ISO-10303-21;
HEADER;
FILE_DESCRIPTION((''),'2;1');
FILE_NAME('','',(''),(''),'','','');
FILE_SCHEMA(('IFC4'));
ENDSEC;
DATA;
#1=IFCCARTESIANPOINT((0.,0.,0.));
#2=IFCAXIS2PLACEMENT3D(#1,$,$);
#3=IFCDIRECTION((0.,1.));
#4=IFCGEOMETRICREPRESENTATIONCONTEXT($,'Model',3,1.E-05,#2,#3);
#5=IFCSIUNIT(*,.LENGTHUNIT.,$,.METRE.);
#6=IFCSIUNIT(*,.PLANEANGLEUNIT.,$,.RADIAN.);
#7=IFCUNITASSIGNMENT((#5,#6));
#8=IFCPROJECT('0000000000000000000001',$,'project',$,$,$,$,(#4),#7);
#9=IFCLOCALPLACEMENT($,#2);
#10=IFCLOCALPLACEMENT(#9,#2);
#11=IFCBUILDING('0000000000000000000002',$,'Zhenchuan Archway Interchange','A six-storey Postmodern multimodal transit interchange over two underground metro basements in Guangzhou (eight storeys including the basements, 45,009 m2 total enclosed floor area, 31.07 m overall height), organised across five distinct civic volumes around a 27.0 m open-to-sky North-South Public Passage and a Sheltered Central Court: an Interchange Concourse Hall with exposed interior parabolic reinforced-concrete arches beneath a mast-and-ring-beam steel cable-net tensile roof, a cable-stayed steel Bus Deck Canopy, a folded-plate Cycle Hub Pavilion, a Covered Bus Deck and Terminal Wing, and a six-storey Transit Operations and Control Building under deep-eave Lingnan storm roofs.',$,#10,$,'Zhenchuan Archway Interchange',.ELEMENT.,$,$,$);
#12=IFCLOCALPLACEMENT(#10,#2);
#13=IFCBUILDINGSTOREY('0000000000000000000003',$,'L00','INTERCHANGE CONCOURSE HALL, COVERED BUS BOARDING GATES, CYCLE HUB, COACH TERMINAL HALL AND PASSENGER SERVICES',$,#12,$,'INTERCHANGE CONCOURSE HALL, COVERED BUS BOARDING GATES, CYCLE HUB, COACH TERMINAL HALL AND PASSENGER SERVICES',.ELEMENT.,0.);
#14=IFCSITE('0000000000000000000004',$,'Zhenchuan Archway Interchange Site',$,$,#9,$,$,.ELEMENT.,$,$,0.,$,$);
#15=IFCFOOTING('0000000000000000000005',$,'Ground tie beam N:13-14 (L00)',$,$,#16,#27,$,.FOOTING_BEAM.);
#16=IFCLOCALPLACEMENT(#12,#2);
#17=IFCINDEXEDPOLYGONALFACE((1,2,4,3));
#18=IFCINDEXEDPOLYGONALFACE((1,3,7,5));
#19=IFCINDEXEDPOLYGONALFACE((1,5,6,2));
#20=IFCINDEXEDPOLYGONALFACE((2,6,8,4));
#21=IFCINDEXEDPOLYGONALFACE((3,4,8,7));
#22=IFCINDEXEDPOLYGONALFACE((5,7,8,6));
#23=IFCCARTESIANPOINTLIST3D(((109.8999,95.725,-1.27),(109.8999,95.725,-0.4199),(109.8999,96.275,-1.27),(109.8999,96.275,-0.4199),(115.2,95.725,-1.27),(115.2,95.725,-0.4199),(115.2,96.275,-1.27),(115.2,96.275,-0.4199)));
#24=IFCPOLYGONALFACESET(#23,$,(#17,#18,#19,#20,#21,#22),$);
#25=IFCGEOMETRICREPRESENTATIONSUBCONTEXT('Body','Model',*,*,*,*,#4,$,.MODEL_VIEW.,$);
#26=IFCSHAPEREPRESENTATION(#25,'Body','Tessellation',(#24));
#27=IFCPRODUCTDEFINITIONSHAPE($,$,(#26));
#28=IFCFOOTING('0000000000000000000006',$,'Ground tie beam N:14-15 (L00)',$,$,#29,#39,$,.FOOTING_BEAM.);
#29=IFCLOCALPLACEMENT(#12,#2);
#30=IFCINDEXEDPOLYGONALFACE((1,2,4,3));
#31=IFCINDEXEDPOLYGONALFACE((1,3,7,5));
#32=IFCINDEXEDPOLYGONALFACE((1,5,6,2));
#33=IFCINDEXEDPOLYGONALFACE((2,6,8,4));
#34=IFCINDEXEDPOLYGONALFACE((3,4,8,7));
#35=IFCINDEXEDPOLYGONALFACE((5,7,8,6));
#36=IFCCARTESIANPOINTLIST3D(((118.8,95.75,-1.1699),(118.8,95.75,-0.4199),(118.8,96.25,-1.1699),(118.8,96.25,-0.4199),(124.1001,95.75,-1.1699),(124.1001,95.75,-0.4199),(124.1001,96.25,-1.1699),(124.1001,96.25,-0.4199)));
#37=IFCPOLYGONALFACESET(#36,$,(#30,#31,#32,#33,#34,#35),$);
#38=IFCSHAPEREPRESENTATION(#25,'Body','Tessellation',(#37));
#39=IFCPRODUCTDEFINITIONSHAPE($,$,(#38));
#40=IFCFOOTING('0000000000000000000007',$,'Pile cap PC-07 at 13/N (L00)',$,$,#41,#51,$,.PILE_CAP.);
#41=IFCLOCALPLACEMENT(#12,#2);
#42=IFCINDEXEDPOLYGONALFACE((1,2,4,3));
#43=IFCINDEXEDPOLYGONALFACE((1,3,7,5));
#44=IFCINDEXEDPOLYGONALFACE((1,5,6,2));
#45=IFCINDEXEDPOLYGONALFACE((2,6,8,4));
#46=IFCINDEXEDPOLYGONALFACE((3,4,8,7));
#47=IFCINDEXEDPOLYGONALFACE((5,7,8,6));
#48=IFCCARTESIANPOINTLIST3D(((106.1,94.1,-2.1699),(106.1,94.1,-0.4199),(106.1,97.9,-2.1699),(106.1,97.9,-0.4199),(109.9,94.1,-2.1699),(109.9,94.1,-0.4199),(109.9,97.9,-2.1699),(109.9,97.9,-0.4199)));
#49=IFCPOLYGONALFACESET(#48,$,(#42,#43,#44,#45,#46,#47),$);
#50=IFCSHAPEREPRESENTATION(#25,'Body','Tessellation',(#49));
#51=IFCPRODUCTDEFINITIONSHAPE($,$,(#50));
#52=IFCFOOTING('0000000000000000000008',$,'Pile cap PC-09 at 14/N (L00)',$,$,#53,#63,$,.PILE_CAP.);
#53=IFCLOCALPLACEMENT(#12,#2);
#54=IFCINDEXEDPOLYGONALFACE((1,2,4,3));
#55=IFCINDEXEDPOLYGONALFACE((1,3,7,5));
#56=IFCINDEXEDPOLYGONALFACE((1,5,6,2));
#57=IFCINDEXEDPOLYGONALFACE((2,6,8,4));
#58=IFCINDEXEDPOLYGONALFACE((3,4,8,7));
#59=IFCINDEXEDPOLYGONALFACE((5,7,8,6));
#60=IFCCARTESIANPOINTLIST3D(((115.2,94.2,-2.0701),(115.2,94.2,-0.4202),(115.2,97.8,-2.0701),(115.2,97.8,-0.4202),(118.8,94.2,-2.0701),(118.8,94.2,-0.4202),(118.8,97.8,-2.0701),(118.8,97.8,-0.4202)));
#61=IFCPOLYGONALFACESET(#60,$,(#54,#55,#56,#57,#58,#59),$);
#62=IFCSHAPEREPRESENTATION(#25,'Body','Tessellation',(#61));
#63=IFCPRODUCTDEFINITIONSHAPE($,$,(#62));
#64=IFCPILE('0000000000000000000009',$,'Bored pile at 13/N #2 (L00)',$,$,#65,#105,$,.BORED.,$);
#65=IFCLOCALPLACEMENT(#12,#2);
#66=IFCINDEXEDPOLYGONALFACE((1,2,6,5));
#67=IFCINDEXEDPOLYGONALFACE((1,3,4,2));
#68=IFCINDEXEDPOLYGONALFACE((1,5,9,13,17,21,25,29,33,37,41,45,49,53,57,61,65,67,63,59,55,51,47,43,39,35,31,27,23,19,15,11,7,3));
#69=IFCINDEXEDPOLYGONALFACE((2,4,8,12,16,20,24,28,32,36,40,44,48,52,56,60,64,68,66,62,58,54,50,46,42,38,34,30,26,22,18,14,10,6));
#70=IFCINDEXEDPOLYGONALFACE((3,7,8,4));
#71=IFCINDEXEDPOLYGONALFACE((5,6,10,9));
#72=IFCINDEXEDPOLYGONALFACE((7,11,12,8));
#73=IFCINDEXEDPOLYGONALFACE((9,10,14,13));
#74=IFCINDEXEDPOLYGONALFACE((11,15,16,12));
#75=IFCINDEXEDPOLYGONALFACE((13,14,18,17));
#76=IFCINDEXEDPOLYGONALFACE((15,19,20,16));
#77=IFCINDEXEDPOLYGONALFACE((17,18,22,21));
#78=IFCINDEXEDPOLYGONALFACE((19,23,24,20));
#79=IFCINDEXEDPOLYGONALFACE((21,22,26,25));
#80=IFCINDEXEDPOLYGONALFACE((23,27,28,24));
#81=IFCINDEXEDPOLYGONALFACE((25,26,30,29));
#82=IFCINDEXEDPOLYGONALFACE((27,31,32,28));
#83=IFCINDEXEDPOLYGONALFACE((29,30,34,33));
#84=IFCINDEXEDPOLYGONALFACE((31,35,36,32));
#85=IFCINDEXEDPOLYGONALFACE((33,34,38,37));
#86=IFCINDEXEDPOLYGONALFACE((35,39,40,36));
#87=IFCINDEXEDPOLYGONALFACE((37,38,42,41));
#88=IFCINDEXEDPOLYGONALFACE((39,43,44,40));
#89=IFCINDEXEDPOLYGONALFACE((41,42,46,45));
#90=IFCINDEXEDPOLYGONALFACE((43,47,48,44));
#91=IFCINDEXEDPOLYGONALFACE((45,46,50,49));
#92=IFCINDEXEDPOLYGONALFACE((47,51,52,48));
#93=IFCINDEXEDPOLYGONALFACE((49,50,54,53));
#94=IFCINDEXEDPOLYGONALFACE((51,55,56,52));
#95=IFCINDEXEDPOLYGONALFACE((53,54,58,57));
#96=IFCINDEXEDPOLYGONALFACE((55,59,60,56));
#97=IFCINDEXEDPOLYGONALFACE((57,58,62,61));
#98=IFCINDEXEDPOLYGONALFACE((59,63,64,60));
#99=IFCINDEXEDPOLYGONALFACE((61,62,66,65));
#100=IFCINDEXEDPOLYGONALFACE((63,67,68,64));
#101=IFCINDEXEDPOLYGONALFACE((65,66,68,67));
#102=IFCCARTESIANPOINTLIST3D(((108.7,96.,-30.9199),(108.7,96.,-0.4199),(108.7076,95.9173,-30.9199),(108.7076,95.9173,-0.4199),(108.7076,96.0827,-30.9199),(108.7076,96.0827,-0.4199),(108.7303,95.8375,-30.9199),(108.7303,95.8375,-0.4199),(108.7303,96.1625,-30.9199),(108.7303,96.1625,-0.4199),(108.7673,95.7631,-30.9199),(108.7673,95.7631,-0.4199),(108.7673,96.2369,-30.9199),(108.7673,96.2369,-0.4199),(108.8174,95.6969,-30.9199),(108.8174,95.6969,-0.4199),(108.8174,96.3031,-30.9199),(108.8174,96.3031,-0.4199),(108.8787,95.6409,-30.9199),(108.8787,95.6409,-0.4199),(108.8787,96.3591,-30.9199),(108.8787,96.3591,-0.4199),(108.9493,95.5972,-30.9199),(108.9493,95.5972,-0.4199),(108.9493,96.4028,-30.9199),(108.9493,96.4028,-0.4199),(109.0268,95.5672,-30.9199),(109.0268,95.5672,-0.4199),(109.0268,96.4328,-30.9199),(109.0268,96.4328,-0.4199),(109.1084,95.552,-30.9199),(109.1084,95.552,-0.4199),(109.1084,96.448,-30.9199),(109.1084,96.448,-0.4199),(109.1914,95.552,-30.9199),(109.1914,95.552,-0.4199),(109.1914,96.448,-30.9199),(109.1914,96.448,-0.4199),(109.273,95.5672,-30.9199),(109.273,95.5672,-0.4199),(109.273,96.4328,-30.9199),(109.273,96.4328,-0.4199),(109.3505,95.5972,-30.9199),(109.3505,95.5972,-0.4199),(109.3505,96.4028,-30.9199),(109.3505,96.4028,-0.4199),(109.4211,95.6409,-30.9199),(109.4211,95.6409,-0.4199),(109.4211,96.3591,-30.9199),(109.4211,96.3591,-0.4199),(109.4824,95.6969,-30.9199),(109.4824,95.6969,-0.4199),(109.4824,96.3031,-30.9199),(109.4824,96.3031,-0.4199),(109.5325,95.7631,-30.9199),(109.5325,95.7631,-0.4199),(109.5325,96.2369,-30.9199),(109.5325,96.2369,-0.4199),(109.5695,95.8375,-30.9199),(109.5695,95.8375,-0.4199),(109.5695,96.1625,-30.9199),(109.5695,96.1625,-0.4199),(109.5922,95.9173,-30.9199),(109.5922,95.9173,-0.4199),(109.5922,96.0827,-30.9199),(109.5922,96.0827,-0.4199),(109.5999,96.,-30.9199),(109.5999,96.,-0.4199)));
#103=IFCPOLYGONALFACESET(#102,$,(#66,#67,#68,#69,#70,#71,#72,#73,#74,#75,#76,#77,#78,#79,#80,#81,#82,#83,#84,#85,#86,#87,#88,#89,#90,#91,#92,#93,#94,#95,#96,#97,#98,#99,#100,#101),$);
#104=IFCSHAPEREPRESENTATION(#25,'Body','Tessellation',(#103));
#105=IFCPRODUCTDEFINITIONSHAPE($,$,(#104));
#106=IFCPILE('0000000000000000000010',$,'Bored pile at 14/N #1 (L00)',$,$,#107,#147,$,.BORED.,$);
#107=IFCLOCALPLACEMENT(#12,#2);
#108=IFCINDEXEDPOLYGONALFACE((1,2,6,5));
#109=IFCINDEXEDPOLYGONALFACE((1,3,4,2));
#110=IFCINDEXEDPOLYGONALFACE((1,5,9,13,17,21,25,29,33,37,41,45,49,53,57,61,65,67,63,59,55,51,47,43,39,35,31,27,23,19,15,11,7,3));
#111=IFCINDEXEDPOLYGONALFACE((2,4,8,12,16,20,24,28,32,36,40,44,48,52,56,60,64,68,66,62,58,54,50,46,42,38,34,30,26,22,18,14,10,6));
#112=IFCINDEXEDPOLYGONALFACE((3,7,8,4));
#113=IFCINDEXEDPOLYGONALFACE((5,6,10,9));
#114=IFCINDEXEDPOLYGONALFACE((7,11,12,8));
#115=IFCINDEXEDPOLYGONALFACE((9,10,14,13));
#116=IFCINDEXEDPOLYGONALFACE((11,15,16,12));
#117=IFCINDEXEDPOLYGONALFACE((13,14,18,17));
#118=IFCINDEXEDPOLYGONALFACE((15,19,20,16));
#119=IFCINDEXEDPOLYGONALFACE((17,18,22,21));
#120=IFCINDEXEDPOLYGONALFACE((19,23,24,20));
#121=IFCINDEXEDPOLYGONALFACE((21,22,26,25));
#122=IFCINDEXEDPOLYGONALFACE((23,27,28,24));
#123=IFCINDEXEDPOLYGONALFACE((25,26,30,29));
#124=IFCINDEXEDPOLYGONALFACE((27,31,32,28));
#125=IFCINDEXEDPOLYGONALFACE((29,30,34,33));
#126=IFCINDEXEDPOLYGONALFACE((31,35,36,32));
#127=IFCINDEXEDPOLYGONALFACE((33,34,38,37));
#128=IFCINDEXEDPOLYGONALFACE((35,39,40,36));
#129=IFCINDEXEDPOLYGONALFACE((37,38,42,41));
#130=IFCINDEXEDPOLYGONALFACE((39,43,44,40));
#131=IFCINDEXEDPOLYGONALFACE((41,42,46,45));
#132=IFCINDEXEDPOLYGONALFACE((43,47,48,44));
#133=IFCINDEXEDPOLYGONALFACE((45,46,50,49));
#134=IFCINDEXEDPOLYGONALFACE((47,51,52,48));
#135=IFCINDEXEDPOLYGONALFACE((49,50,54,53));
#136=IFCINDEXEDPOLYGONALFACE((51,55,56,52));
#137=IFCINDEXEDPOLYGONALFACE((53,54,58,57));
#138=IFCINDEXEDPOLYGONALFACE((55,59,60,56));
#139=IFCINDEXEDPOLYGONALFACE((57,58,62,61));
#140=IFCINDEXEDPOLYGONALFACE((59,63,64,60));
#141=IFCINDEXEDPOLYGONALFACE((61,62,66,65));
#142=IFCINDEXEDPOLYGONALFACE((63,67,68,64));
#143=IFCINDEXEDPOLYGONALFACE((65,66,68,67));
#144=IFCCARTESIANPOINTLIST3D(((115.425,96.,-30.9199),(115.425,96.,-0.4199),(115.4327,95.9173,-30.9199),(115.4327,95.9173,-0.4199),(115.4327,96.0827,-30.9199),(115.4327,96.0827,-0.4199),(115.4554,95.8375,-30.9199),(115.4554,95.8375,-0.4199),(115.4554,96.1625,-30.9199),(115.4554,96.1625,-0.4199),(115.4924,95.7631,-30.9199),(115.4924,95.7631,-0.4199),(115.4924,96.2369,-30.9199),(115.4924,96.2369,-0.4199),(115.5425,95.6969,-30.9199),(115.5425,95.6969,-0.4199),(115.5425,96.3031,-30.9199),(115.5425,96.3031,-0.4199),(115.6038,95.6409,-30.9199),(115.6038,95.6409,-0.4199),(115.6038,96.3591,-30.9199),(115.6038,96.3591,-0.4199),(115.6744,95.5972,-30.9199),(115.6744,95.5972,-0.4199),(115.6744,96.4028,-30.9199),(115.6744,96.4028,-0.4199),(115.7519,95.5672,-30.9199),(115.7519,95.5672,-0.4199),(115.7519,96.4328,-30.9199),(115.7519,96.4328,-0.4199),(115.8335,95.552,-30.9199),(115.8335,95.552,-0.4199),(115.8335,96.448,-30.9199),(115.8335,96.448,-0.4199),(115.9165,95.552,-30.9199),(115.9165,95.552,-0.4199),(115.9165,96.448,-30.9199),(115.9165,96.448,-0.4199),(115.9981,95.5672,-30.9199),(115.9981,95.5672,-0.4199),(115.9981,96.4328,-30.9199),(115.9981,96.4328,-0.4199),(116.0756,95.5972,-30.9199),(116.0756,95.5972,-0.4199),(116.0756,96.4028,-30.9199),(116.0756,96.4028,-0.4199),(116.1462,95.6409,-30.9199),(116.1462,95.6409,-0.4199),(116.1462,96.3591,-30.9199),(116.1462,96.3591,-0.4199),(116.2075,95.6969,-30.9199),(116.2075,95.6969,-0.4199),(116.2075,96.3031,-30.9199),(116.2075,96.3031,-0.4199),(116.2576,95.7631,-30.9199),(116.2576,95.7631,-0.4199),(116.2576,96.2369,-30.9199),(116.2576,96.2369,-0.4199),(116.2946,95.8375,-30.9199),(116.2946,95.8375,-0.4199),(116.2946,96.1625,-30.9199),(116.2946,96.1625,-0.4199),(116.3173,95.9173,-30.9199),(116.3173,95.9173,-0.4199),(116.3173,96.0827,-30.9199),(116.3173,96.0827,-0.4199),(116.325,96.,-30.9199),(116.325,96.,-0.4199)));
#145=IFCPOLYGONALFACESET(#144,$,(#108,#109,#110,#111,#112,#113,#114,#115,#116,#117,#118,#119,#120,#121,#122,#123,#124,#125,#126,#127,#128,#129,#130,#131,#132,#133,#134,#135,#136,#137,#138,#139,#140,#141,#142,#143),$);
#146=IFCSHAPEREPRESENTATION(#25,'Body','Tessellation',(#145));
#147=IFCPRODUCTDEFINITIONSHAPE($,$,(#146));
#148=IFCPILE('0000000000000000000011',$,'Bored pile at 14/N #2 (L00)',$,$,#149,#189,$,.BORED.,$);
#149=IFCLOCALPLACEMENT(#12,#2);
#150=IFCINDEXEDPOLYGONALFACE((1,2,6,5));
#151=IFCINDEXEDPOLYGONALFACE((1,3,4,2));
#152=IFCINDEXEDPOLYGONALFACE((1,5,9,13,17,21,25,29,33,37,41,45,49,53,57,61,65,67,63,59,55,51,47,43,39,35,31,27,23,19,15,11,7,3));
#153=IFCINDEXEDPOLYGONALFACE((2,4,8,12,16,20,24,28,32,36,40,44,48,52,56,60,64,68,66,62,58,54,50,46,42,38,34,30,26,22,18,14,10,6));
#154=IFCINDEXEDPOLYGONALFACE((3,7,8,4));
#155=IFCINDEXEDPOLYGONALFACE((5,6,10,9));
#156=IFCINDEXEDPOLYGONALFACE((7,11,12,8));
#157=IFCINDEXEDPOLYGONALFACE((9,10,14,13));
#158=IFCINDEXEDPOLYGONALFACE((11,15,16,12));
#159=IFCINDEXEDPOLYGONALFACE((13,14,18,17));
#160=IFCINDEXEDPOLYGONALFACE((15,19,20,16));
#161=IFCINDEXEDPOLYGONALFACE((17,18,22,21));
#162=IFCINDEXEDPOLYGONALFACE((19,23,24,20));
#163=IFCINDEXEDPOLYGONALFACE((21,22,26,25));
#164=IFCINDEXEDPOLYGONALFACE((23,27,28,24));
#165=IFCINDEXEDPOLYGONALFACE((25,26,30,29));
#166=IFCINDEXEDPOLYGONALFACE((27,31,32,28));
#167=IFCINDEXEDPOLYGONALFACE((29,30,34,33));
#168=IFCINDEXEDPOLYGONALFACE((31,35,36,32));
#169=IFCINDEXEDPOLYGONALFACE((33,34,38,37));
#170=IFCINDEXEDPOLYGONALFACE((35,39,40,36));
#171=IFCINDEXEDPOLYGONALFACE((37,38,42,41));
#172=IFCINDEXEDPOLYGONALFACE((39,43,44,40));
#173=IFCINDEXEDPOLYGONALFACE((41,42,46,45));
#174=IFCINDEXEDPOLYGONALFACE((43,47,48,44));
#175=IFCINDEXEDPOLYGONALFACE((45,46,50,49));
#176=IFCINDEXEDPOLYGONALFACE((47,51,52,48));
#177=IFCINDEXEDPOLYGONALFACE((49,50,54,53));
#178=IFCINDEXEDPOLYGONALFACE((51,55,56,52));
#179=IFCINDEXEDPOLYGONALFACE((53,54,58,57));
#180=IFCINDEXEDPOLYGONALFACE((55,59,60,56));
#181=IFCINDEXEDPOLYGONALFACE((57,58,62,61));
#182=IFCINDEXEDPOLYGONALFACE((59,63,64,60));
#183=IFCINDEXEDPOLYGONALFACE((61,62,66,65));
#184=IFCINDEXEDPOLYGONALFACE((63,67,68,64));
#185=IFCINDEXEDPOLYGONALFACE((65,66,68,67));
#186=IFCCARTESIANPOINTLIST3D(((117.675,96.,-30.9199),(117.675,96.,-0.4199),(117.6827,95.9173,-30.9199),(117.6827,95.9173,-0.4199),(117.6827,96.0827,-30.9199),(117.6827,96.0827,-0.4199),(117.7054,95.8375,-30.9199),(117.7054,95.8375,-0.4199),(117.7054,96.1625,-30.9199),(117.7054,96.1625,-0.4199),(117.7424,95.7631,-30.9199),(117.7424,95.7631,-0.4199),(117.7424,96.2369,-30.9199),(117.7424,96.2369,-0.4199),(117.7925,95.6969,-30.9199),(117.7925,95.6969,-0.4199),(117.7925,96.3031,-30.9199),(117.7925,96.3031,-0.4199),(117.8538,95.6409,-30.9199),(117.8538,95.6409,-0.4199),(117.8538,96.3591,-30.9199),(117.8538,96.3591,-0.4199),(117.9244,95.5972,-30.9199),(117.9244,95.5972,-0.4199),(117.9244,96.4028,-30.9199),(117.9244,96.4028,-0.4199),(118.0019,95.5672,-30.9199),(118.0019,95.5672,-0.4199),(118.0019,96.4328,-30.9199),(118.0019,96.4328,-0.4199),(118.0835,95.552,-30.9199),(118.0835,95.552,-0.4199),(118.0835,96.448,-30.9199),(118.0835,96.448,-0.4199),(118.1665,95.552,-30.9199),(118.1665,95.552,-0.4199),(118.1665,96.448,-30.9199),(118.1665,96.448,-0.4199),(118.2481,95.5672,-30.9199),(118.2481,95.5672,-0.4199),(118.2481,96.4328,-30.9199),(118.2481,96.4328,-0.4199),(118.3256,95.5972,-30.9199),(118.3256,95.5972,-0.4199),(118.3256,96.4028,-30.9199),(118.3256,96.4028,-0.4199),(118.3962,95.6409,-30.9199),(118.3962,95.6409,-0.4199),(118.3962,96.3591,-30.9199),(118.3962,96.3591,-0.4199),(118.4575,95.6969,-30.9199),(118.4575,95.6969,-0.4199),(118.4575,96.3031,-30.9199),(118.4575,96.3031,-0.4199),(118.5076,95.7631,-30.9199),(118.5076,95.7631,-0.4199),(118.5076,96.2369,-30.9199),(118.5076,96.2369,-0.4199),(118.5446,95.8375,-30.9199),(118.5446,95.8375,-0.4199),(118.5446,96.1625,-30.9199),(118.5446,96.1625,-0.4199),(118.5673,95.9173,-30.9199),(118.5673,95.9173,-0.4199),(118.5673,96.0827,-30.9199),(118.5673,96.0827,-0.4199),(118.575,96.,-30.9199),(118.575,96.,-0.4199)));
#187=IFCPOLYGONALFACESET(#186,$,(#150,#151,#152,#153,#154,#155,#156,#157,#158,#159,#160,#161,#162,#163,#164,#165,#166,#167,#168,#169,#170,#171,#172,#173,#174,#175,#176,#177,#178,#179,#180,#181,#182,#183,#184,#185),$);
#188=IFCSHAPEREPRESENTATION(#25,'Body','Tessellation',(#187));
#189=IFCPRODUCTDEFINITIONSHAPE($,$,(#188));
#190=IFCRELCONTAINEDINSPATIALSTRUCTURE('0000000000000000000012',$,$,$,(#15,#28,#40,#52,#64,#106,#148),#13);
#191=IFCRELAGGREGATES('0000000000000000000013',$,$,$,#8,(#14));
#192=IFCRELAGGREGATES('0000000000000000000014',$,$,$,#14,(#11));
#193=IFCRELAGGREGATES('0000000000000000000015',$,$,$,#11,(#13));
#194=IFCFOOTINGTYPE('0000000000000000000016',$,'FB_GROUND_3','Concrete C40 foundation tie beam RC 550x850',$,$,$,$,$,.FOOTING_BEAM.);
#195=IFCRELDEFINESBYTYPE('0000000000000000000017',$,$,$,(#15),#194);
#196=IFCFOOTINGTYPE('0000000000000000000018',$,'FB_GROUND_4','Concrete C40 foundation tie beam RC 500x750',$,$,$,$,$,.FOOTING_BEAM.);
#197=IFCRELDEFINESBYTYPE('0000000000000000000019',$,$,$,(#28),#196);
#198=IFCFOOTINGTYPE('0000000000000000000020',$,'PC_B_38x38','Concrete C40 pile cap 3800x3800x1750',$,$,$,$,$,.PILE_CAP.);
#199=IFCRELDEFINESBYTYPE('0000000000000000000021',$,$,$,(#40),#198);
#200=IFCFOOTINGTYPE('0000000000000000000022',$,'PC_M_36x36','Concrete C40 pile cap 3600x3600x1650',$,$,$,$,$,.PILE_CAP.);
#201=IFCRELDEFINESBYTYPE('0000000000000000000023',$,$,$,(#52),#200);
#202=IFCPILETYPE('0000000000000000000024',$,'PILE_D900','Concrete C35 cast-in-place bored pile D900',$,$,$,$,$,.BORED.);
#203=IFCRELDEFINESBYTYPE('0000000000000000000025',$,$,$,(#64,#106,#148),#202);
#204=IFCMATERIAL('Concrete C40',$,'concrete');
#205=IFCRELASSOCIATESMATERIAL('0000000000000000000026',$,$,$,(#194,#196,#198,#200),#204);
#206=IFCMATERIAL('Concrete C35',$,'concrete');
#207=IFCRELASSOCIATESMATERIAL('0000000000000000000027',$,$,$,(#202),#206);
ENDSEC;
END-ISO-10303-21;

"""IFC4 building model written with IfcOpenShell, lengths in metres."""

from ifc_helpers import new_model, si_unit, direction, frame, origin, origin_2d, place, context, subcontext, project, spatial, rectangle, circle, extrude, material, material_profile, profile_set, type_object, element, save


model = new_model("IFC4")

# Units and contexts
model_context = context("Model", 3, precision=1e-05, world=origin(), true_north=direction((0.0, 1.0)))
body_context = subcontext(model_context, "Body", "Model", "MODEL_VIEW")
ifc_project = project(units=[si_unit("LENGTHUNIT", "METRE"), si_unit("PLANEANGLEUNIT", "RADIAN")], contexts=[model_context])

# Site, building, storey
site_placement = place(None, origin())
site = spatial("IfcSite", under=ifc_project, at=site_placement, Name="Zhenchuan Archway Interchange Site", CompositionType="ELEMENT", RefElevation=0.0)
building_placement = place(site_placement, origin())
building = spatial("IfcBuilding", under=site, at=building_placement, Name="Zhenchuan Archway Interchange", Description="A six-storey Postmodern multimodal transit interchange over two underground metro basements in Guangzhou (eight storeys including the basements, 45,009 m2 total enclosed floor area, 31.07 m overall height), organised across five distinct civic volumes around a 27.0 m open-to-sky North-South Public Passage and a Sheltered Central Court: an Interchange Concourse Hall with exposed interior parabolic reinforced-concrete arches beneath a mast-and-ring-beam steel cable-net tensile roof, a cable-stayed steel Bus Deck Canopy, a folded-plate Cycle Hub Pavilion, a Covered Bus Deck and Terminal Wing, and a six-storey Transit Operations and Control Building under deep-eave Lingnan storm roofs.", LongName="Zhenchuan Archway Interchange", CompositionType="ELEMENT")
storey_placement = place(building_placement, origin())
storey = spatial("IfcBuildingStorey", under=building, at=storey_placement, Name="L00", Description="INTERCHANGE CONCOURSE HALL, COVERED BUS BOARDING GATES, CYCLE HUB, COACH TERMINAL HALL AND PASSENGER SERVICES", LongName="INTERCHANGE CONCOURSE HALL, COVERED BUS BOARDING GATES, CYCLE HUB, COACH TERMINAL HALL AND PASSENGER SERVICES", CompositionType="ELEMENT", Elevation=0.0)

# Footings
ifc_material_1 = material(Name="Concrete C40", Category="concrete")
ifc_material_profile_1 = material_profile(ifc_material_1, rectangle(XDim=0.55, YDim=0.8501, at=origin_2d()), Name="RC 550x850")
ifc_profile_set_1 = profile_set([ifc_material_profile_1], Name="Concrete C40")
footing_type_1 = type_object("IfcFootingType", Name="FB_GROUND_3", Description="Concrete C40 foundation tie beam RC 550x850", PredefinedType="FOOTING_BEAM", material=ifc_profile_set_1)
footing_1_placement = place(storey_placement, frame((109.8999, 96.0, -0.845), z_axis=(1.0, 0.0, 0.0), x_axis=(0.0, 1.0, 0.0)))
element("IfcFooting", 1, at=footing_1_placement, inside=storey, type_object=footing_type_1, Name="Ground tie beam N:13-14 (L00)", PredefinedType="FOOTING_BEAM", context=body_context, shape_type="SweptSolid", body=[
    extrude(rectangle(XDim=0.55, YDim=0.8501, at=origin_2d()), origin(), (0.0, 0.0, 1.0), 5.3),
])
ifc_material_profile_2 = material_profile(ifc_material_1, rectangle(XDim=0.5, YDim=0.75, at=origin_2d()), Name="RC 500x750")
ifc_profile_set_2 = profile_set([ifc_material_profile_2], Name="Concrete C40")
footing_type_2 = type_object("IfcFootingType", Name="FB_GROUND_4", Description="Concrete C40 foundation tie beam RC 500x750", PredefinedType="FOOTING_BEAM", material=ifc_profile_set_2)
footing_2_placement = place(storey_placement, frame((118.8, 96.0, -0.7949), z_axis=(1.0, 0.0, 0.0), x_axis=(0.0, 1.0, 0.0)))
element("IfcFooting", 2, at=footing_2_placement, inside=storey, type_object=footing_type_2, Name="Ground tie beam N:14-15 (L00)", PredefinedType="FOOTING_BEAM", context=body_context, shape_type="SweptSolid", body=[
    extrude(rectangle(XDim=0.5, YDim=0.75, at=origin_2d()), origin(), (0.0, 0.0, 1.0), 5.3),
])
footing_type_3 = type_object("IfcFootingType", Name="PC_B_38x38", Description="Concrete C40 pile cap 3800x3800x1750", PredefinedType="PILE_CAP", material=ifc_material_1)
footing_3_placement = place(storey_placement, frame((108.0, 96.0, -2.1699), z_axis=(0.0, 0.0, 1.0), x_axis=(1.0, 0.0, 0.0)))
element("IfcFooting", 3, at=footing_3_placement, inside=storey, type_object=footing_type_3, Name="Pile cap PC-07 at 13/N (L00)", PredefinedType="PILE_CAP", context=body_context, shape_type="SweptSolid", body=[
    extrude(rectangle(XDim=3.8, YDim=3.8, at=origin_2d()), origin(), (0.0, 0.0, 1.0), 1.75),
])
footing_type_4 = type_object("IfcFootingType", Name="PC_M_36x36", Description="Concrete C40 pile cap 3600x3600x1650", PredefinedType="PILE_CAP", material=ifc_material_1)
footing_4_placement = place(storey_placement, frame((117.0, 96.0, -2.0701), z_axis=(0.0, 0.0, 1.0), x_axis=(1.0, 0.0, 0.0)))
element("IfcFooting", 4, at=footing_4_placement, inside=storey, type_object=footing_type_4, Name="Pile cap PC-09 at 14/N (L00)", PredefinedType="PILE_CAP", context=body_context, shape_type="SweptSolid", body=[
    extrude(rectangle(XDim=3.6001, YDim=3.6001, at=origin_2d()), origin(), (0.0, 0.0, 1.0), 1.6499),
])

# Piles
ifc_material_2 = material(Name="Concrete C35", Category="concrete")
ifc_material_profile_3 = material_profile(ifc_material_2, circle(Radius=0.45, at=origin_2d()), Name="BORED PILE 900")
ifc_profile_set_3 = profile_set([ifc_material_profile_3], Name="Concrete C35")
pile_type = type_object("IfcPileType", Name="PILE_D900", Description="Concrete C35 cast-in-place bored pile D900", PredefinedType="BORED", material=ifc_profile_set_3)
for number, where, z_axis, x_axis, name in (
    (5, (109.1499, 96.0, -0.4199), (0.0, 0.0, -1.0), (1.0, 0.0, 0.0), "Bored pile at 13/N #2 (L00)"),
    (6, (115.875, 96.0, -0.4199), (0.0, 0.0, -1.0), (1.0, 0.0, 0.0), "Bored pile at 14/N #1 (L00)"),
    (7, (118.125, 96.0, -0.4199), (0.0, 0.0, -1.0), (1.0, 0.0, 0.0), "Bored pile at 14/N #2 (L00)"),
):
    element("IfcPile", number, at=place(storey_placement, frame(where, z_axis=z_axis, x_axis=x_axis)), inside=storey, type_object=pile_type, Name=name, PredefinedType="BORED", context=body_context, shape_type="SweptSolid", body=[
        extrude(circle(Radius=0.45, at=origin_2d()), origin(), (0.0, 0.0, 1.0), 30.5),
    ])

save(model, "model.ifc")
